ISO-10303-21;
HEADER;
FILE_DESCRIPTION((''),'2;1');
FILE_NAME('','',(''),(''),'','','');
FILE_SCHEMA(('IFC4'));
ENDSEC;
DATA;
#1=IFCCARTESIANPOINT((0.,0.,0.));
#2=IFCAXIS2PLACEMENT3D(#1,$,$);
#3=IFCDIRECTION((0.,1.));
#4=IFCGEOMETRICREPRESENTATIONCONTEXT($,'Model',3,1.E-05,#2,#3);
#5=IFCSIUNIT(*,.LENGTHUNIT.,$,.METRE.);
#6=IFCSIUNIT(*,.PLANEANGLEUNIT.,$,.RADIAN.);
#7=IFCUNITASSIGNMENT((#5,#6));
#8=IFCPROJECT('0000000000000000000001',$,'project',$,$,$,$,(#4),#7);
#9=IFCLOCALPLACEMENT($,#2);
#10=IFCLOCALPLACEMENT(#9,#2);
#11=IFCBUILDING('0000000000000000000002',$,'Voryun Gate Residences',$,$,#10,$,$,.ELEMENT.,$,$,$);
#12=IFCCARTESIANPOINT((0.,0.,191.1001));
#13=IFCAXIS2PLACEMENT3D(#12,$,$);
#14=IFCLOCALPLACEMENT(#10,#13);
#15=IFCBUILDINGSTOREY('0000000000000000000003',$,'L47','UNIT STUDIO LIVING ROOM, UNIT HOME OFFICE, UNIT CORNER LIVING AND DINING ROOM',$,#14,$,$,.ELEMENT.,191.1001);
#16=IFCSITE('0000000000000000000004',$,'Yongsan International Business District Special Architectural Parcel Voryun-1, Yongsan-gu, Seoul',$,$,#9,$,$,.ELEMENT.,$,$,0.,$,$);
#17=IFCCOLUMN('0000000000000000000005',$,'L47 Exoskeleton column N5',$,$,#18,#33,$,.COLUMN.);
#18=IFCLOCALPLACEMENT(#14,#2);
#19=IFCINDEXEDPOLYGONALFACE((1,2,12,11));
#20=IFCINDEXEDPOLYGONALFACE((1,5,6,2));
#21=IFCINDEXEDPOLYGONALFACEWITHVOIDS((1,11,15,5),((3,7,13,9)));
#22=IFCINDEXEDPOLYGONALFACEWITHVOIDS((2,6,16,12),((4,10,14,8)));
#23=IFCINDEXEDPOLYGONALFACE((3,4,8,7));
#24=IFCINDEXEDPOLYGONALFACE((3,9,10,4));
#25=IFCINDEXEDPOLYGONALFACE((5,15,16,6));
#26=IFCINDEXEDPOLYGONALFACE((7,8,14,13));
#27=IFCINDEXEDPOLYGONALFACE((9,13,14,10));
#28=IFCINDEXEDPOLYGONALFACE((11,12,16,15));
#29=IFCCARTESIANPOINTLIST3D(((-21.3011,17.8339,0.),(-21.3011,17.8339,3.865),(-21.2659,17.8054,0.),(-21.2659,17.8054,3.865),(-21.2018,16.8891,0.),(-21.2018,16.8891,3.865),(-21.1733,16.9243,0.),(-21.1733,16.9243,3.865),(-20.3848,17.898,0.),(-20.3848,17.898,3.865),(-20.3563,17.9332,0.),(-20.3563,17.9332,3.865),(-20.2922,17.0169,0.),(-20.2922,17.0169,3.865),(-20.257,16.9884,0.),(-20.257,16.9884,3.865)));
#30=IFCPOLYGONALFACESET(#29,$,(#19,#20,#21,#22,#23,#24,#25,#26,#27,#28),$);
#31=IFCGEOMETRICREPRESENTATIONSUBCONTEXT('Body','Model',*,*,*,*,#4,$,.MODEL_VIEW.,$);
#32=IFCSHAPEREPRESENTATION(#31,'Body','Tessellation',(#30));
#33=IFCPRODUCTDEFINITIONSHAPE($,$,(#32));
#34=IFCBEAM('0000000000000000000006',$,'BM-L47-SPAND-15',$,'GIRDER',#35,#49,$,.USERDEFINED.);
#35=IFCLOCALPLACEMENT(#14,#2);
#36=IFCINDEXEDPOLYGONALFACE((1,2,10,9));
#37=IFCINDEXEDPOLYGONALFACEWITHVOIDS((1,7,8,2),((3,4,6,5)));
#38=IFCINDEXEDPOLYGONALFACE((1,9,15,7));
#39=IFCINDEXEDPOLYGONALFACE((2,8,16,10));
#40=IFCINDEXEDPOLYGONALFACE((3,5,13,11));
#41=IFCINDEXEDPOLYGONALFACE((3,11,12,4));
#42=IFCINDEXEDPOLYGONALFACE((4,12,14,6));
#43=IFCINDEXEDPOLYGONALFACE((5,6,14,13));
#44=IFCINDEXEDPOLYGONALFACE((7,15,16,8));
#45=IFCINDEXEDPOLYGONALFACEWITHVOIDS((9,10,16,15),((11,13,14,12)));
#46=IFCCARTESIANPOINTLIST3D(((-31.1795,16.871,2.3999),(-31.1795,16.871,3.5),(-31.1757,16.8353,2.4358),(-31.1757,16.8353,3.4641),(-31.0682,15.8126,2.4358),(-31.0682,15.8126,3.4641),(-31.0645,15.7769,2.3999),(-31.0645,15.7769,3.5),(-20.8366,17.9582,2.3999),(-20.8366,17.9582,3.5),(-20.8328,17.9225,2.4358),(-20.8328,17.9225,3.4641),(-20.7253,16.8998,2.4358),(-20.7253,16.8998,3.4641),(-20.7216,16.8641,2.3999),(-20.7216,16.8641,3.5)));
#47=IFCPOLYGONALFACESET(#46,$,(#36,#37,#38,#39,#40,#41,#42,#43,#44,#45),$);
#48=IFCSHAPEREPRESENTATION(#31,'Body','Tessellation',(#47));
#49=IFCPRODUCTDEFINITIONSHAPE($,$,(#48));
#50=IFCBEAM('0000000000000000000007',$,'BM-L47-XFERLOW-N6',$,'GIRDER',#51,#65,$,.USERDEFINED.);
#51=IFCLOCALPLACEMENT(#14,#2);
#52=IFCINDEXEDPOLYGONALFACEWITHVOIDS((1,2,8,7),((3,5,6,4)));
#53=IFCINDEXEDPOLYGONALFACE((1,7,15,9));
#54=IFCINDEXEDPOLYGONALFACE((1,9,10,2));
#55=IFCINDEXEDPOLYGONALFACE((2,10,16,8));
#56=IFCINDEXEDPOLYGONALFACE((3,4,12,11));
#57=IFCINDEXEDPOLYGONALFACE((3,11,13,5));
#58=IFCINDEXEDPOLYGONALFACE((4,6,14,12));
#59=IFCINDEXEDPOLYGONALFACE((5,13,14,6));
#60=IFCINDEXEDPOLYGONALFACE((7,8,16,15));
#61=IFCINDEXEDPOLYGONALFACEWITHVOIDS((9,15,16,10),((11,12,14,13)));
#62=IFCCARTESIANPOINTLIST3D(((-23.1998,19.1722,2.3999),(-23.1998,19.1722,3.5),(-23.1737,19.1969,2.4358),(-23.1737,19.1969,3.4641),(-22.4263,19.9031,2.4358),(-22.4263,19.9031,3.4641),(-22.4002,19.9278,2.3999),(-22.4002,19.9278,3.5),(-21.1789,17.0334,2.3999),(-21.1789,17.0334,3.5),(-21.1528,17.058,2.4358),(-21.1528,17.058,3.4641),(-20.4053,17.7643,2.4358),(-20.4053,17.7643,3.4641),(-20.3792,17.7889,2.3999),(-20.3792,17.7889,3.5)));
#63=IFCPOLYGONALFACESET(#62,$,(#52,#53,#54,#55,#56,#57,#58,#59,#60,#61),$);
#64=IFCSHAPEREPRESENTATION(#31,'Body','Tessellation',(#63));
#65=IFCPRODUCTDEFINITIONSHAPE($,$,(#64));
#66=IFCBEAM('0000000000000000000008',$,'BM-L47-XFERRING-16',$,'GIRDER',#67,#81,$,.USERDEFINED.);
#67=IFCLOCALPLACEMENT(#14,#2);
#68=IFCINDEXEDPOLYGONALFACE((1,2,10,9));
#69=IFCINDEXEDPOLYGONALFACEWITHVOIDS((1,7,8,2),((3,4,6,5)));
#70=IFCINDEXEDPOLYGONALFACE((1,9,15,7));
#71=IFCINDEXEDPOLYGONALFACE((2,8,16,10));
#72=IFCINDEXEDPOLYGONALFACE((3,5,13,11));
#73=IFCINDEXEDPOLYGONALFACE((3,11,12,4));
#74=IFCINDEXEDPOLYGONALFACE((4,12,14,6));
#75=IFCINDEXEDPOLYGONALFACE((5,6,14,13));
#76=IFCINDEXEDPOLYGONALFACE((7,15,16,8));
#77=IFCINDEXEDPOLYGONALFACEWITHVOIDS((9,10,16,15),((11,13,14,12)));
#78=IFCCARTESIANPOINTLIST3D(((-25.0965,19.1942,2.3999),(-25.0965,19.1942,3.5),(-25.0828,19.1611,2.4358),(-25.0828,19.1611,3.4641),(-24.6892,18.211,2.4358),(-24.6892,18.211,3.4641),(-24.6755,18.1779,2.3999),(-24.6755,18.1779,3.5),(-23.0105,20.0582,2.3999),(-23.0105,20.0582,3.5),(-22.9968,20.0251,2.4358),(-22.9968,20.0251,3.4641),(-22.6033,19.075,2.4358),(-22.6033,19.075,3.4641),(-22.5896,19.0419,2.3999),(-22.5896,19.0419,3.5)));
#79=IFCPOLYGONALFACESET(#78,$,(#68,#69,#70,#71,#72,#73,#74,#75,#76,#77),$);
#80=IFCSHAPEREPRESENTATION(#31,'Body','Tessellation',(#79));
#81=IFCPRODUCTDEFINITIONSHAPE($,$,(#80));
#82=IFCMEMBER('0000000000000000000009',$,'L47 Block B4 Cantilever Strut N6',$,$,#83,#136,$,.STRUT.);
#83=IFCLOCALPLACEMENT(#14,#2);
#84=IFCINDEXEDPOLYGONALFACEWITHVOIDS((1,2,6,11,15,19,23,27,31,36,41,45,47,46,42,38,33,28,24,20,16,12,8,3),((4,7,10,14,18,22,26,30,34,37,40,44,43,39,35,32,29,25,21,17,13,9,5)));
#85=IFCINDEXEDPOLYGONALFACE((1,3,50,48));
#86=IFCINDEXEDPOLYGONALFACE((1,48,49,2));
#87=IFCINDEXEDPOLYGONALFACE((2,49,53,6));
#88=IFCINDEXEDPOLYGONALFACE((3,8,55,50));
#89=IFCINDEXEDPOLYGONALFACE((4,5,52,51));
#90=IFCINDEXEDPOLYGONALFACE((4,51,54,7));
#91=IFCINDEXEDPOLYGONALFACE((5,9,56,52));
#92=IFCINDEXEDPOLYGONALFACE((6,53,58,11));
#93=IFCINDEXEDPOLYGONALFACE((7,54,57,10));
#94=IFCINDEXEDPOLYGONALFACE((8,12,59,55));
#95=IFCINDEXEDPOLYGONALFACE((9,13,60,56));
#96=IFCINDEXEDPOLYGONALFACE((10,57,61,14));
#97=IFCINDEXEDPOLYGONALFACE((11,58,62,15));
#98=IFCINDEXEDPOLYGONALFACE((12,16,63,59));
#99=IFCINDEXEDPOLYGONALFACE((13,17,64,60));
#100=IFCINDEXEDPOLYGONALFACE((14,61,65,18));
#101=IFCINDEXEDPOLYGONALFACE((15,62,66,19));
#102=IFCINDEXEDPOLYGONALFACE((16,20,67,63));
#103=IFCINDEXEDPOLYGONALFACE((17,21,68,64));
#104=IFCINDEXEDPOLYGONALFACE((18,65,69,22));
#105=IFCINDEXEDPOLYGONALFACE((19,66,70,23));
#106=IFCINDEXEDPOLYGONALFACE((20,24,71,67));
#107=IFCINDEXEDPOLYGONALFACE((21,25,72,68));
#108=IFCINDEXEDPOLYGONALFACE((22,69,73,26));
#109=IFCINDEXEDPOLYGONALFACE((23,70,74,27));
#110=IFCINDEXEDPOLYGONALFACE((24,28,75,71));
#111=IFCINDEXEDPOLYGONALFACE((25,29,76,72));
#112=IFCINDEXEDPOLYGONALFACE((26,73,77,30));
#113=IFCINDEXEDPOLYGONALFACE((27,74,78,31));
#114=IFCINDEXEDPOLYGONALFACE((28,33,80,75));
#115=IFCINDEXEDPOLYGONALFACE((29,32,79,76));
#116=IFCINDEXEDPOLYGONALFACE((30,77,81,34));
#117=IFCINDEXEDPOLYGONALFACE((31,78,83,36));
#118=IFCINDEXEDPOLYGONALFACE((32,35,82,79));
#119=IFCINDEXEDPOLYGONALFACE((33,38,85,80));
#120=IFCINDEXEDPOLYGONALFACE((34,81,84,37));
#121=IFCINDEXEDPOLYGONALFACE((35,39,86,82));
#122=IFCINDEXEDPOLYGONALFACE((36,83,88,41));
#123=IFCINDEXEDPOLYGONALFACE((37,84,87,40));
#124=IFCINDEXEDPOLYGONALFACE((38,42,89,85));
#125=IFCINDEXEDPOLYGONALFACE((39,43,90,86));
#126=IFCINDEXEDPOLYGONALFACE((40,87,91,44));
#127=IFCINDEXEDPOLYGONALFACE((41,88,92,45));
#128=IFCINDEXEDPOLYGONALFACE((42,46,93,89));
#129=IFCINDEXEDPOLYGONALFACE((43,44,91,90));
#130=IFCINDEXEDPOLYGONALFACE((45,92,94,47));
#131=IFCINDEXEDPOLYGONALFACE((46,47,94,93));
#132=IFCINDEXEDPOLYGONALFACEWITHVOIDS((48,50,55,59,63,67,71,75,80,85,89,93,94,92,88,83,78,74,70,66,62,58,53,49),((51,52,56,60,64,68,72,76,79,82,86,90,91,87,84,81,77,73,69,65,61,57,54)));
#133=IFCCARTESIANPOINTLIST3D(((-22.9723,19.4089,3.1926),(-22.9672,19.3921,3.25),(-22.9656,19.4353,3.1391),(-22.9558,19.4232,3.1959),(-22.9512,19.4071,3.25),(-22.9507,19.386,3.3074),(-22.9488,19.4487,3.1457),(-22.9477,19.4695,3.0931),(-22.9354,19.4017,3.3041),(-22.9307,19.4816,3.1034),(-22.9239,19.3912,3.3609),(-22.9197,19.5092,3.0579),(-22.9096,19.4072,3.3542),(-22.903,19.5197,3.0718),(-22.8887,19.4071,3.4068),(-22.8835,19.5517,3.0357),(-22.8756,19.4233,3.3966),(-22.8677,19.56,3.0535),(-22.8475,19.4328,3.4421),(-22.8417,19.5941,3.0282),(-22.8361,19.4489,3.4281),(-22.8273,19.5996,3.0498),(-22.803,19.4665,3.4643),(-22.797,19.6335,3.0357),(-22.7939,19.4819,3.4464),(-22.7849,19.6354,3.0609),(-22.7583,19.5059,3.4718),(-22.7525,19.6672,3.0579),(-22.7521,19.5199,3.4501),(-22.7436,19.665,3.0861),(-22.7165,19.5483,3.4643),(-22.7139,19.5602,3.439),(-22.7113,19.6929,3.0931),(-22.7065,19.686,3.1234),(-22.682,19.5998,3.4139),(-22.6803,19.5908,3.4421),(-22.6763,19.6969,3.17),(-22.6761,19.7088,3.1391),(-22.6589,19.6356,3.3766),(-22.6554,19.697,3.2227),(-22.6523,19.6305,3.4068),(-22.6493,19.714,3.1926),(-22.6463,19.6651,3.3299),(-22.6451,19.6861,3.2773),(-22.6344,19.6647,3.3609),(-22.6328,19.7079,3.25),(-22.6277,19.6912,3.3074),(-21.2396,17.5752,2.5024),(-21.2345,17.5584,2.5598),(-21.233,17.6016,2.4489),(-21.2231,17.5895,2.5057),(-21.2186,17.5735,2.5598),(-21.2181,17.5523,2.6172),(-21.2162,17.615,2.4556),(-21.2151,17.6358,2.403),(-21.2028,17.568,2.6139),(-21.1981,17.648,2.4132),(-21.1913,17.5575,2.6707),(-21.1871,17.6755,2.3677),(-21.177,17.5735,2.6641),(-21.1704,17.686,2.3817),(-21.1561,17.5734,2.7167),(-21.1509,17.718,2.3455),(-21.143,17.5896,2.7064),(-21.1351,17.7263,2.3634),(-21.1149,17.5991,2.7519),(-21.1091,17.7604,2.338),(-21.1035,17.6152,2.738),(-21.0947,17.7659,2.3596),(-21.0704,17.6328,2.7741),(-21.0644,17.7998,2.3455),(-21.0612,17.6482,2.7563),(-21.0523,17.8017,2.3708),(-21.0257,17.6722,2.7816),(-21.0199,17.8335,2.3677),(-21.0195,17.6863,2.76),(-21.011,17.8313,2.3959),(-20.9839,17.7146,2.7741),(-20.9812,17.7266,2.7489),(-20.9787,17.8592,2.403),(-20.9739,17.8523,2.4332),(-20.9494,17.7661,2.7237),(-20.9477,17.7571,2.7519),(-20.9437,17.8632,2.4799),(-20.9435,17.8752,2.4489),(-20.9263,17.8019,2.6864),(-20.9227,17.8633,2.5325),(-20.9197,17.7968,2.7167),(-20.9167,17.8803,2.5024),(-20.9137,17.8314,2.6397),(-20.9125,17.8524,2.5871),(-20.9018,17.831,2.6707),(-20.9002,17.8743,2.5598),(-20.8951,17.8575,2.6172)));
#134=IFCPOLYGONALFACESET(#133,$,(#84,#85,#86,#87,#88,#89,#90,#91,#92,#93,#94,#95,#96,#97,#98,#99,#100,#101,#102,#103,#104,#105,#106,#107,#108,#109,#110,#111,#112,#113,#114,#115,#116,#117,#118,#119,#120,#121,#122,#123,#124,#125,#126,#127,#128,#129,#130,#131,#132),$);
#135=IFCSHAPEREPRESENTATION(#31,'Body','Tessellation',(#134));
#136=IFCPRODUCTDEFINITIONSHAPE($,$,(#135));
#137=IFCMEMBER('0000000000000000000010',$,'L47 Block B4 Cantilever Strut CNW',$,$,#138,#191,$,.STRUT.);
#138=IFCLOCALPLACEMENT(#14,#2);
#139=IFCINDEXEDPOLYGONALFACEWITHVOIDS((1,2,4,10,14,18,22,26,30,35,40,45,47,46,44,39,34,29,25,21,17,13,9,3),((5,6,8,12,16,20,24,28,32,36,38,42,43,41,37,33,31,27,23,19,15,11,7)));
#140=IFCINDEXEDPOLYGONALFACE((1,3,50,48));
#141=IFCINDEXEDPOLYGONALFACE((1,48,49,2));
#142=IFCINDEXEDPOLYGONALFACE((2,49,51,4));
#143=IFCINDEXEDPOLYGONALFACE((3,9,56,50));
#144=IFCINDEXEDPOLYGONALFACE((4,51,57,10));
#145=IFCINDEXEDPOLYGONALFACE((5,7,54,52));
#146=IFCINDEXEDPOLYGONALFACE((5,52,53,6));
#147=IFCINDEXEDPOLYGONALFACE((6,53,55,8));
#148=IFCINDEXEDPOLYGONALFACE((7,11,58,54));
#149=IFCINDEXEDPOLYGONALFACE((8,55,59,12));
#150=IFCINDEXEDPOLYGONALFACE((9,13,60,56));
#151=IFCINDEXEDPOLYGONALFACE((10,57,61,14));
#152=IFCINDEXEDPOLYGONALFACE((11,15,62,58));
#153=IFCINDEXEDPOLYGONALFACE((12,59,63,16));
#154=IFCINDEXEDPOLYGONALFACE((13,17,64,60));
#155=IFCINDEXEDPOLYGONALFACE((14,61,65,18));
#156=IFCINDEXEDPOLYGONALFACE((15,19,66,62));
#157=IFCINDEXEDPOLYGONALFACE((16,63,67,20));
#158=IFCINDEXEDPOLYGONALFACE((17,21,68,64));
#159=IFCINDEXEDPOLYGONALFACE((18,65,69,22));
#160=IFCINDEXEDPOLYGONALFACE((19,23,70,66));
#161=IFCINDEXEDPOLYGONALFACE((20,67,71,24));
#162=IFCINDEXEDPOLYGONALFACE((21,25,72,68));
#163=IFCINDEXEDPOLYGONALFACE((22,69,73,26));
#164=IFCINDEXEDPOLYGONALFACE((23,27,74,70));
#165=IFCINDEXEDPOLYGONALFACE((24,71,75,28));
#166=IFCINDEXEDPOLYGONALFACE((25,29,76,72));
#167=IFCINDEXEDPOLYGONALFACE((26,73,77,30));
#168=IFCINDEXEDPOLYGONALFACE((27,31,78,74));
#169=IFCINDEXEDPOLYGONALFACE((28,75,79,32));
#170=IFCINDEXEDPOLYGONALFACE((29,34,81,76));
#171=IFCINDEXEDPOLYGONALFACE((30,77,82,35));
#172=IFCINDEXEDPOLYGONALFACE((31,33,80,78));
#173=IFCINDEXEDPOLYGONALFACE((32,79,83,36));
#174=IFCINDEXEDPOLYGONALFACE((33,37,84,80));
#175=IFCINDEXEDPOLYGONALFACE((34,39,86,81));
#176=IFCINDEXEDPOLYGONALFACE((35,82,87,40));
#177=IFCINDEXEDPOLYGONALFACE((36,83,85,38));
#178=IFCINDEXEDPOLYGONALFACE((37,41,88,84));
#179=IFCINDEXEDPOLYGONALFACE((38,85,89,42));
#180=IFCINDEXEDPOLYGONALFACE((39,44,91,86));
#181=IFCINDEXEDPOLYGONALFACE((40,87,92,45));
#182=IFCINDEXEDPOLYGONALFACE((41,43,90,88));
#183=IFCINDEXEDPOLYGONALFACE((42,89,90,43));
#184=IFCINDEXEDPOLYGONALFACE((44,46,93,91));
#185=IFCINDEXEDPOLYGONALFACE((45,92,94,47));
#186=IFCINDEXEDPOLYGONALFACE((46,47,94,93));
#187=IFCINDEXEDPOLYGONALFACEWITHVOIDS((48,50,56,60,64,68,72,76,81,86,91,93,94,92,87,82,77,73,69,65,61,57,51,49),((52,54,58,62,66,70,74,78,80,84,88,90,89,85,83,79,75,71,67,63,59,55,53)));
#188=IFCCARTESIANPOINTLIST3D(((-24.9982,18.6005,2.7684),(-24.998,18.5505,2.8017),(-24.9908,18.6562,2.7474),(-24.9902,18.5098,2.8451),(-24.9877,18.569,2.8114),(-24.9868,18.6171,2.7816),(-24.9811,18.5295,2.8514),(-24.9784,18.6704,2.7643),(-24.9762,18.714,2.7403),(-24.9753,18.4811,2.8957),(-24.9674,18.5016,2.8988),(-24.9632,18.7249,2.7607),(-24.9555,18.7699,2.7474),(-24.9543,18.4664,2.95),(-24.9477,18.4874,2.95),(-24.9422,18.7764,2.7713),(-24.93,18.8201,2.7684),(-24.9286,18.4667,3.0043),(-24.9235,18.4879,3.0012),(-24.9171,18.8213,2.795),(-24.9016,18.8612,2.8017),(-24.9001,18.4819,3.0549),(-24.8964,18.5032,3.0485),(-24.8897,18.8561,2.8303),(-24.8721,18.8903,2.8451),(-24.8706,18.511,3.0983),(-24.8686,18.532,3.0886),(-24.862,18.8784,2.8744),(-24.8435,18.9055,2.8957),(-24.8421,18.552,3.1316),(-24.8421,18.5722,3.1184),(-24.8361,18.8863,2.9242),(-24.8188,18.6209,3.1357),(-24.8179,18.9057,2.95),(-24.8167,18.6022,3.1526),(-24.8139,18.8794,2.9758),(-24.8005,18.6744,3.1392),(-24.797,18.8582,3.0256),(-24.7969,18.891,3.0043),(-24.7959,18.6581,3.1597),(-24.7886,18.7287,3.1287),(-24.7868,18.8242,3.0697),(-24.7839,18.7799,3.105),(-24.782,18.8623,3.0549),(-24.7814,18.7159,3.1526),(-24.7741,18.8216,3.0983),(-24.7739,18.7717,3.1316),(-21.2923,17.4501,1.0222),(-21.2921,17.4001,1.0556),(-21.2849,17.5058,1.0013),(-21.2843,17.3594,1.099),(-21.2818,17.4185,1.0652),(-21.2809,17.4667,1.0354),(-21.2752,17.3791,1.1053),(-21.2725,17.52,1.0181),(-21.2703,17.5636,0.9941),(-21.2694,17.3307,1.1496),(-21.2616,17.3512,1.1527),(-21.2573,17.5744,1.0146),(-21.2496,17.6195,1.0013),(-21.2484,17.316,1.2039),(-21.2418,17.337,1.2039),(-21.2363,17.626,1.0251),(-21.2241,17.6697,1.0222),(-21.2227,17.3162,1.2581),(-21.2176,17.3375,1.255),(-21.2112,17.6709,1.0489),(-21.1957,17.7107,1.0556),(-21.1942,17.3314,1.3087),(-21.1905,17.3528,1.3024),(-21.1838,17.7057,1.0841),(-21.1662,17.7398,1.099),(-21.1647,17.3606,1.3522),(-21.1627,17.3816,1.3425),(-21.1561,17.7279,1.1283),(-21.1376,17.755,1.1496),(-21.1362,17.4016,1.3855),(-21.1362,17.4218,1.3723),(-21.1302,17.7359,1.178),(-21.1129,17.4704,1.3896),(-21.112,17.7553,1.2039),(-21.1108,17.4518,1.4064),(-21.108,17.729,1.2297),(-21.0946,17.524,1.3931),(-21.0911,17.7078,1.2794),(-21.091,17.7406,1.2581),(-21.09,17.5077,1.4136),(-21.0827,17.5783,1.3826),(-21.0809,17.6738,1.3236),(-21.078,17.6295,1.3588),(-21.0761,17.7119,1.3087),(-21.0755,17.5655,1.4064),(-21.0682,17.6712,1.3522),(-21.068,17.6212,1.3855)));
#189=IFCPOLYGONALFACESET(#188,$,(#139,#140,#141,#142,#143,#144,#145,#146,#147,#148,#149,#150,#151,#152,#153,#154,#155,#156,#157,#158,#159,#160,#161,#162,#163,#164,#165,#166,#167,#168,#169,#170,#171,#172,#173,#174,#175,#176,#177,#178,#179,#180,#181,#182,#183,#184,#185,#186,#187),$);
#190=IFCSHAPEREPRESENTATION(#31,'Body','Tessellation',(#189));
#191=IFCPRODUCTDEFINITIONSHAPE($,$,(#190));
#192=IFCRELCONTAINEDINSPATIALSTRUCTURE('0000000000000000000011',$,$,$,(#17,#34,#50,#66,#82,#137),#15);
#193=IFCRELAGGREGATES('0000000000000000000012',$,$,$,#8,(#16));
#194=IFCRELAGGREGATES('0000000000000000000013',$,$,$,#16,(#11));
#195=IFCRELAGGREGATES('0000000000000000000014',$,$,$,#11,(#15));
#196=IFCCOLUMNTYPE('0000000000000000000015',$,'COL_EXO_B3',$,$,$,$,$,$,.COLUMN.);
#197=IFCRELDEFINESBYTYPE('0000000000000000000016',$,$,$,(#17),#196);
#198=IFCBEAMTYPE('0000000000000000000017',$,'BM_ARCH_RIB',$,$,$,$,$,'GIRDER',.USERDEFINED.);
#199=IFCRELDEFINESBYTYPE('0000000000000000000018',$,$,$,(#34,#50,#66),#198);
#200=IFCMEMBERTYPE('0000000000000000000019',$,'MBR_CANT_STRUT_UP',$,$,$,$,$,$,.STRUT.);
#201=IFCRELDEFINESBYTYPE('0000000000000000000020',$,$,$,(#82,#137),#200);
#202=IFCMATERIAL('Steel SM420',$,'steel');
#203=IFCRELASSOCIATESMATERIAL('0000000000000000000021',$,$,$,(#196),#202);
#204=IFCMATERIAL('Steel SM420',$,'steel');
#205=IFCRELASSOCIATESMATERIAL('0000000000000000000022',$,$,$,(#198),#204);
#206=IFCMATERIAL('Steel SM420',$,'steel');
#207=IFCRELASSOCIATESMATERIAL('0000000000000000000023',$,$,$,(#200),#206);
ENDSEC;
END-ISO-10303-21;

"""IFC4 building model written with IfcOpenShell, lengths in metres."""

from ifc_helpers import new_model, si_unit, direction, frame, origin, origin_2d, place, context, subcontext, project, spatial, hollow_rectangle, hollow_circle, extrude, material, material_profile, profile_set, type_object, element, save


model = new_model("IFC4")

# Units and contexts
model_context = context("Model", 3, precision=1e-05, world=origin(), true_north=direction((0.0, 1.0)))
body_context = subcontext(model_context, "Body", "Model", "MODEL_VIEW")
ifc_project = project(units=[si_unit("LENGTHUNIT", "METRE"), si_unit("PLANEANGLEUNIT", "RADIAN")], contexts=[model_context])

# Site, building, storey
site_placement = place(None, origin())
site = spatial("IfcSite", under=ifc_project, at=site_placement, Name="Yongsan International Business District Special Architectural Parcel Voryun-1, Yongsan-gu, Seoul", CompositionType="ELEMENT", RefElevation=0.0)
building_placement = place(site_placement, origin())
building = spatial("IfcBuilding", under=site, at=building_placement, Name="Voryun Gate Residences", CompositionType="ELEMENT")
storey_placement = place(building_placement, frame((0.0, 0.0, 191.1001)))
storey = spatial("IfcBuildingStorey", under=building, at=storey_placement, Name="L47", Description="UNIT STUDIO LIVING ROOM, UNIT HOME OFFICE, UNIT CORNER LIVING AND DINING ROOM", CompositionType="ELEMENT", Elevation=191.1001)

# Column
ifc_material_1 = material(Name="Steel SM420", Category="steel")
ifc_material_profile_1 = material_profile(ifc_material_1, hollow_rectangle(XDim=0.95, YDim=0.95, WallThickness=0.032, at=origin_2d()), Name="BOX-950x950x32")
ifc_profile_set_1 = profile_set([ifc_material_profile_1], Name="Steel SM420")
column_type = type_object("IfcColumnType", Name="COL_EXO_B3", PredefinedType="COLUMN", material=ifc_profile_set_1)
column_placement = place(storey_placement, frame((-20.7791, 17.4111, 0.0), z_axis=(0.0, 0.0, 1.0), x_axis=(0.994522, 0.104528, 0.0)))
element("IfcColumn", 1, at=column_placement, inside=storey, type_object=column_type, Name="L47 Exoskeleton column N5", PredefinedType="COLUMN", context=body_context, shape_type="SweptSolid", body=[
    extrude(hollow_rectangle(XDim=0.95, YDim=0.95, WallThickness=0.032, at=origin_2d()), origin(), (0.0, 0.0, 1.0), 3.865),
])

# Beams
ifc_material_2 = material(Name="Steel SM420", Category="steel")
ifc_material_profile_2 = material_profile(ifc_material_2, hollow_rectangle(XDim=1.1001, YDim=1.1001, WallThickness=0.0359, at=origin_2d()), Name="BOX-1100x1100x36")
ifc_profile_set_2 = profile_set([ifc_material_profile_2], Name="Steel SM420")
beam_type = type_object("IfcBeamType", Name="BM_ARCH_RIB", ElementType="GIRDER", PredefinedType="USERDEFINED", material=ifc_profile_set_2)
beam_1_placement = place(storey_placement, frame((-20.7791, 17.4111, 2.95), z_axis=(-0.994521, -0.104534, 0.0), x_axis=(0.104534, -0.994521, 0.0)))
element("IfcBeam", 2, at=beam_1_placement, inside=storey, type_object=beam_type, Name="BM-L47-SPAND-15", ObjectType="GIRDER", PredefinedType="USERDEFINED", context=body_context, shape_type="SweptSolid", body=[
    extrude(hollow_rectangle(XDim=1.1001, YDim=1.1001, WallThickness=0.0359, at=origin_2d()), origin(), (0.0, 0.0, 1.0), 10.3999),
])
beam_2_placement = place(storey_placement, frame((-20.7791, 17.4111, 2.95), z_axis=(-0.686787, 0.726859, 0.0), x_axis=(-0.726859, -0.686787, 0.0)))
element("IfcBeam", 3, at=beam_2_placement, inside=storey, type_object=beam_type, Name="BM-L47-XFERLOW-N6", ObjectType="GIRDER", PredefinedType="USERDEFINED", context=body_context, shape_type="SweptSolid", body=[
    extrude(hollow_rectangle(XDim=1.1001, YDim=1.1001, WallThickness=0.0359, at=origin_2d()), origin(), (0.0, 0.0, 1.0), 2.9426),
])
beam_3_placement = place(storey_placement, frame((-22.8, 19.55, 2.95), z_axis=(-0.923881, -0.38268, 0.0), x_axis=(0.38268, -0.923881, 0.0)))
element("IfcBeam", 4, at=beam_3_placement, inside=storey, type_object=beam_type, Name="BM-L47-XFERRING-16", ObjectType="GIRDER", PredefinedType="USERDEFINED", context=body_context, shape_type="SweptSolid", body=[
    extrude(hollow_rectangle(XDim=1.1001, YDim=1.1001, WallThickness=0.0359, at=origin_2d()), origin(), (0.0, 0.0, 1.0), 2.2578),
])

# Members
ifc_material_3 = material(Name="Steel SM420", Category="steel")
ifc_material_profile_3 = material_profile(ifc_material_3, hollow_circle(Radius=0.23, WallThickness=0.022, at=origin_2d()), Name="CHS-460x22")
ifc_profile_set_3 = profile_set([ifc_material_profile_3], Name="Steel SM420")
member_type = type_object("IfcMemberType", Name="MBR_CANT_STRUT_UP", PredefinedType="STRUT", material=ifc_profile_set_3)
member_1_placement = place(storey_placement, frame((-21.0674, 17.7163, 2.5598), z_axis=(-0.662449, 0.701092, 0.263878), x_axis=(-0.726855, -0.686791, 0.0)))
element("IfcMember", 5, at=member_1_placement, inside=storey, type_object=member_type, Name="L47 Block B4 Cantilever Strut N6", PredefinedType="STRUT", context=body_context, shape_type="SweptSolid", body=[
    extrude(hollow_circle(Radius=0.23, WallThickness=0.022, at=origin_2d()), origin(), (0.0, 0.0, 1.0), 2.6155),
])
member_2_placement = place(storey_placement, frame((-21.1802, 17.5356, 1.2039), z_axis=(-0.870925, 0.27036, 0.41036), x_axis=(-0.296472, -0.955041, 0.0)))
element("IfcMember", 6, at=member_2_placement, inside=storey, type_object=member_type, Name="L47 Block B4 Cantilever Strut CNW", PredefinedType="STRUT", context=body_context, shape_type="SweptSolid", body=[
    extrude(hollow_circle(Radius=0.23, WallThickness=0.022, at=origin_2d()), origin(), (0.0, 0.0, 1.0), 4.2551),
])

save(model, "model.ifc")
